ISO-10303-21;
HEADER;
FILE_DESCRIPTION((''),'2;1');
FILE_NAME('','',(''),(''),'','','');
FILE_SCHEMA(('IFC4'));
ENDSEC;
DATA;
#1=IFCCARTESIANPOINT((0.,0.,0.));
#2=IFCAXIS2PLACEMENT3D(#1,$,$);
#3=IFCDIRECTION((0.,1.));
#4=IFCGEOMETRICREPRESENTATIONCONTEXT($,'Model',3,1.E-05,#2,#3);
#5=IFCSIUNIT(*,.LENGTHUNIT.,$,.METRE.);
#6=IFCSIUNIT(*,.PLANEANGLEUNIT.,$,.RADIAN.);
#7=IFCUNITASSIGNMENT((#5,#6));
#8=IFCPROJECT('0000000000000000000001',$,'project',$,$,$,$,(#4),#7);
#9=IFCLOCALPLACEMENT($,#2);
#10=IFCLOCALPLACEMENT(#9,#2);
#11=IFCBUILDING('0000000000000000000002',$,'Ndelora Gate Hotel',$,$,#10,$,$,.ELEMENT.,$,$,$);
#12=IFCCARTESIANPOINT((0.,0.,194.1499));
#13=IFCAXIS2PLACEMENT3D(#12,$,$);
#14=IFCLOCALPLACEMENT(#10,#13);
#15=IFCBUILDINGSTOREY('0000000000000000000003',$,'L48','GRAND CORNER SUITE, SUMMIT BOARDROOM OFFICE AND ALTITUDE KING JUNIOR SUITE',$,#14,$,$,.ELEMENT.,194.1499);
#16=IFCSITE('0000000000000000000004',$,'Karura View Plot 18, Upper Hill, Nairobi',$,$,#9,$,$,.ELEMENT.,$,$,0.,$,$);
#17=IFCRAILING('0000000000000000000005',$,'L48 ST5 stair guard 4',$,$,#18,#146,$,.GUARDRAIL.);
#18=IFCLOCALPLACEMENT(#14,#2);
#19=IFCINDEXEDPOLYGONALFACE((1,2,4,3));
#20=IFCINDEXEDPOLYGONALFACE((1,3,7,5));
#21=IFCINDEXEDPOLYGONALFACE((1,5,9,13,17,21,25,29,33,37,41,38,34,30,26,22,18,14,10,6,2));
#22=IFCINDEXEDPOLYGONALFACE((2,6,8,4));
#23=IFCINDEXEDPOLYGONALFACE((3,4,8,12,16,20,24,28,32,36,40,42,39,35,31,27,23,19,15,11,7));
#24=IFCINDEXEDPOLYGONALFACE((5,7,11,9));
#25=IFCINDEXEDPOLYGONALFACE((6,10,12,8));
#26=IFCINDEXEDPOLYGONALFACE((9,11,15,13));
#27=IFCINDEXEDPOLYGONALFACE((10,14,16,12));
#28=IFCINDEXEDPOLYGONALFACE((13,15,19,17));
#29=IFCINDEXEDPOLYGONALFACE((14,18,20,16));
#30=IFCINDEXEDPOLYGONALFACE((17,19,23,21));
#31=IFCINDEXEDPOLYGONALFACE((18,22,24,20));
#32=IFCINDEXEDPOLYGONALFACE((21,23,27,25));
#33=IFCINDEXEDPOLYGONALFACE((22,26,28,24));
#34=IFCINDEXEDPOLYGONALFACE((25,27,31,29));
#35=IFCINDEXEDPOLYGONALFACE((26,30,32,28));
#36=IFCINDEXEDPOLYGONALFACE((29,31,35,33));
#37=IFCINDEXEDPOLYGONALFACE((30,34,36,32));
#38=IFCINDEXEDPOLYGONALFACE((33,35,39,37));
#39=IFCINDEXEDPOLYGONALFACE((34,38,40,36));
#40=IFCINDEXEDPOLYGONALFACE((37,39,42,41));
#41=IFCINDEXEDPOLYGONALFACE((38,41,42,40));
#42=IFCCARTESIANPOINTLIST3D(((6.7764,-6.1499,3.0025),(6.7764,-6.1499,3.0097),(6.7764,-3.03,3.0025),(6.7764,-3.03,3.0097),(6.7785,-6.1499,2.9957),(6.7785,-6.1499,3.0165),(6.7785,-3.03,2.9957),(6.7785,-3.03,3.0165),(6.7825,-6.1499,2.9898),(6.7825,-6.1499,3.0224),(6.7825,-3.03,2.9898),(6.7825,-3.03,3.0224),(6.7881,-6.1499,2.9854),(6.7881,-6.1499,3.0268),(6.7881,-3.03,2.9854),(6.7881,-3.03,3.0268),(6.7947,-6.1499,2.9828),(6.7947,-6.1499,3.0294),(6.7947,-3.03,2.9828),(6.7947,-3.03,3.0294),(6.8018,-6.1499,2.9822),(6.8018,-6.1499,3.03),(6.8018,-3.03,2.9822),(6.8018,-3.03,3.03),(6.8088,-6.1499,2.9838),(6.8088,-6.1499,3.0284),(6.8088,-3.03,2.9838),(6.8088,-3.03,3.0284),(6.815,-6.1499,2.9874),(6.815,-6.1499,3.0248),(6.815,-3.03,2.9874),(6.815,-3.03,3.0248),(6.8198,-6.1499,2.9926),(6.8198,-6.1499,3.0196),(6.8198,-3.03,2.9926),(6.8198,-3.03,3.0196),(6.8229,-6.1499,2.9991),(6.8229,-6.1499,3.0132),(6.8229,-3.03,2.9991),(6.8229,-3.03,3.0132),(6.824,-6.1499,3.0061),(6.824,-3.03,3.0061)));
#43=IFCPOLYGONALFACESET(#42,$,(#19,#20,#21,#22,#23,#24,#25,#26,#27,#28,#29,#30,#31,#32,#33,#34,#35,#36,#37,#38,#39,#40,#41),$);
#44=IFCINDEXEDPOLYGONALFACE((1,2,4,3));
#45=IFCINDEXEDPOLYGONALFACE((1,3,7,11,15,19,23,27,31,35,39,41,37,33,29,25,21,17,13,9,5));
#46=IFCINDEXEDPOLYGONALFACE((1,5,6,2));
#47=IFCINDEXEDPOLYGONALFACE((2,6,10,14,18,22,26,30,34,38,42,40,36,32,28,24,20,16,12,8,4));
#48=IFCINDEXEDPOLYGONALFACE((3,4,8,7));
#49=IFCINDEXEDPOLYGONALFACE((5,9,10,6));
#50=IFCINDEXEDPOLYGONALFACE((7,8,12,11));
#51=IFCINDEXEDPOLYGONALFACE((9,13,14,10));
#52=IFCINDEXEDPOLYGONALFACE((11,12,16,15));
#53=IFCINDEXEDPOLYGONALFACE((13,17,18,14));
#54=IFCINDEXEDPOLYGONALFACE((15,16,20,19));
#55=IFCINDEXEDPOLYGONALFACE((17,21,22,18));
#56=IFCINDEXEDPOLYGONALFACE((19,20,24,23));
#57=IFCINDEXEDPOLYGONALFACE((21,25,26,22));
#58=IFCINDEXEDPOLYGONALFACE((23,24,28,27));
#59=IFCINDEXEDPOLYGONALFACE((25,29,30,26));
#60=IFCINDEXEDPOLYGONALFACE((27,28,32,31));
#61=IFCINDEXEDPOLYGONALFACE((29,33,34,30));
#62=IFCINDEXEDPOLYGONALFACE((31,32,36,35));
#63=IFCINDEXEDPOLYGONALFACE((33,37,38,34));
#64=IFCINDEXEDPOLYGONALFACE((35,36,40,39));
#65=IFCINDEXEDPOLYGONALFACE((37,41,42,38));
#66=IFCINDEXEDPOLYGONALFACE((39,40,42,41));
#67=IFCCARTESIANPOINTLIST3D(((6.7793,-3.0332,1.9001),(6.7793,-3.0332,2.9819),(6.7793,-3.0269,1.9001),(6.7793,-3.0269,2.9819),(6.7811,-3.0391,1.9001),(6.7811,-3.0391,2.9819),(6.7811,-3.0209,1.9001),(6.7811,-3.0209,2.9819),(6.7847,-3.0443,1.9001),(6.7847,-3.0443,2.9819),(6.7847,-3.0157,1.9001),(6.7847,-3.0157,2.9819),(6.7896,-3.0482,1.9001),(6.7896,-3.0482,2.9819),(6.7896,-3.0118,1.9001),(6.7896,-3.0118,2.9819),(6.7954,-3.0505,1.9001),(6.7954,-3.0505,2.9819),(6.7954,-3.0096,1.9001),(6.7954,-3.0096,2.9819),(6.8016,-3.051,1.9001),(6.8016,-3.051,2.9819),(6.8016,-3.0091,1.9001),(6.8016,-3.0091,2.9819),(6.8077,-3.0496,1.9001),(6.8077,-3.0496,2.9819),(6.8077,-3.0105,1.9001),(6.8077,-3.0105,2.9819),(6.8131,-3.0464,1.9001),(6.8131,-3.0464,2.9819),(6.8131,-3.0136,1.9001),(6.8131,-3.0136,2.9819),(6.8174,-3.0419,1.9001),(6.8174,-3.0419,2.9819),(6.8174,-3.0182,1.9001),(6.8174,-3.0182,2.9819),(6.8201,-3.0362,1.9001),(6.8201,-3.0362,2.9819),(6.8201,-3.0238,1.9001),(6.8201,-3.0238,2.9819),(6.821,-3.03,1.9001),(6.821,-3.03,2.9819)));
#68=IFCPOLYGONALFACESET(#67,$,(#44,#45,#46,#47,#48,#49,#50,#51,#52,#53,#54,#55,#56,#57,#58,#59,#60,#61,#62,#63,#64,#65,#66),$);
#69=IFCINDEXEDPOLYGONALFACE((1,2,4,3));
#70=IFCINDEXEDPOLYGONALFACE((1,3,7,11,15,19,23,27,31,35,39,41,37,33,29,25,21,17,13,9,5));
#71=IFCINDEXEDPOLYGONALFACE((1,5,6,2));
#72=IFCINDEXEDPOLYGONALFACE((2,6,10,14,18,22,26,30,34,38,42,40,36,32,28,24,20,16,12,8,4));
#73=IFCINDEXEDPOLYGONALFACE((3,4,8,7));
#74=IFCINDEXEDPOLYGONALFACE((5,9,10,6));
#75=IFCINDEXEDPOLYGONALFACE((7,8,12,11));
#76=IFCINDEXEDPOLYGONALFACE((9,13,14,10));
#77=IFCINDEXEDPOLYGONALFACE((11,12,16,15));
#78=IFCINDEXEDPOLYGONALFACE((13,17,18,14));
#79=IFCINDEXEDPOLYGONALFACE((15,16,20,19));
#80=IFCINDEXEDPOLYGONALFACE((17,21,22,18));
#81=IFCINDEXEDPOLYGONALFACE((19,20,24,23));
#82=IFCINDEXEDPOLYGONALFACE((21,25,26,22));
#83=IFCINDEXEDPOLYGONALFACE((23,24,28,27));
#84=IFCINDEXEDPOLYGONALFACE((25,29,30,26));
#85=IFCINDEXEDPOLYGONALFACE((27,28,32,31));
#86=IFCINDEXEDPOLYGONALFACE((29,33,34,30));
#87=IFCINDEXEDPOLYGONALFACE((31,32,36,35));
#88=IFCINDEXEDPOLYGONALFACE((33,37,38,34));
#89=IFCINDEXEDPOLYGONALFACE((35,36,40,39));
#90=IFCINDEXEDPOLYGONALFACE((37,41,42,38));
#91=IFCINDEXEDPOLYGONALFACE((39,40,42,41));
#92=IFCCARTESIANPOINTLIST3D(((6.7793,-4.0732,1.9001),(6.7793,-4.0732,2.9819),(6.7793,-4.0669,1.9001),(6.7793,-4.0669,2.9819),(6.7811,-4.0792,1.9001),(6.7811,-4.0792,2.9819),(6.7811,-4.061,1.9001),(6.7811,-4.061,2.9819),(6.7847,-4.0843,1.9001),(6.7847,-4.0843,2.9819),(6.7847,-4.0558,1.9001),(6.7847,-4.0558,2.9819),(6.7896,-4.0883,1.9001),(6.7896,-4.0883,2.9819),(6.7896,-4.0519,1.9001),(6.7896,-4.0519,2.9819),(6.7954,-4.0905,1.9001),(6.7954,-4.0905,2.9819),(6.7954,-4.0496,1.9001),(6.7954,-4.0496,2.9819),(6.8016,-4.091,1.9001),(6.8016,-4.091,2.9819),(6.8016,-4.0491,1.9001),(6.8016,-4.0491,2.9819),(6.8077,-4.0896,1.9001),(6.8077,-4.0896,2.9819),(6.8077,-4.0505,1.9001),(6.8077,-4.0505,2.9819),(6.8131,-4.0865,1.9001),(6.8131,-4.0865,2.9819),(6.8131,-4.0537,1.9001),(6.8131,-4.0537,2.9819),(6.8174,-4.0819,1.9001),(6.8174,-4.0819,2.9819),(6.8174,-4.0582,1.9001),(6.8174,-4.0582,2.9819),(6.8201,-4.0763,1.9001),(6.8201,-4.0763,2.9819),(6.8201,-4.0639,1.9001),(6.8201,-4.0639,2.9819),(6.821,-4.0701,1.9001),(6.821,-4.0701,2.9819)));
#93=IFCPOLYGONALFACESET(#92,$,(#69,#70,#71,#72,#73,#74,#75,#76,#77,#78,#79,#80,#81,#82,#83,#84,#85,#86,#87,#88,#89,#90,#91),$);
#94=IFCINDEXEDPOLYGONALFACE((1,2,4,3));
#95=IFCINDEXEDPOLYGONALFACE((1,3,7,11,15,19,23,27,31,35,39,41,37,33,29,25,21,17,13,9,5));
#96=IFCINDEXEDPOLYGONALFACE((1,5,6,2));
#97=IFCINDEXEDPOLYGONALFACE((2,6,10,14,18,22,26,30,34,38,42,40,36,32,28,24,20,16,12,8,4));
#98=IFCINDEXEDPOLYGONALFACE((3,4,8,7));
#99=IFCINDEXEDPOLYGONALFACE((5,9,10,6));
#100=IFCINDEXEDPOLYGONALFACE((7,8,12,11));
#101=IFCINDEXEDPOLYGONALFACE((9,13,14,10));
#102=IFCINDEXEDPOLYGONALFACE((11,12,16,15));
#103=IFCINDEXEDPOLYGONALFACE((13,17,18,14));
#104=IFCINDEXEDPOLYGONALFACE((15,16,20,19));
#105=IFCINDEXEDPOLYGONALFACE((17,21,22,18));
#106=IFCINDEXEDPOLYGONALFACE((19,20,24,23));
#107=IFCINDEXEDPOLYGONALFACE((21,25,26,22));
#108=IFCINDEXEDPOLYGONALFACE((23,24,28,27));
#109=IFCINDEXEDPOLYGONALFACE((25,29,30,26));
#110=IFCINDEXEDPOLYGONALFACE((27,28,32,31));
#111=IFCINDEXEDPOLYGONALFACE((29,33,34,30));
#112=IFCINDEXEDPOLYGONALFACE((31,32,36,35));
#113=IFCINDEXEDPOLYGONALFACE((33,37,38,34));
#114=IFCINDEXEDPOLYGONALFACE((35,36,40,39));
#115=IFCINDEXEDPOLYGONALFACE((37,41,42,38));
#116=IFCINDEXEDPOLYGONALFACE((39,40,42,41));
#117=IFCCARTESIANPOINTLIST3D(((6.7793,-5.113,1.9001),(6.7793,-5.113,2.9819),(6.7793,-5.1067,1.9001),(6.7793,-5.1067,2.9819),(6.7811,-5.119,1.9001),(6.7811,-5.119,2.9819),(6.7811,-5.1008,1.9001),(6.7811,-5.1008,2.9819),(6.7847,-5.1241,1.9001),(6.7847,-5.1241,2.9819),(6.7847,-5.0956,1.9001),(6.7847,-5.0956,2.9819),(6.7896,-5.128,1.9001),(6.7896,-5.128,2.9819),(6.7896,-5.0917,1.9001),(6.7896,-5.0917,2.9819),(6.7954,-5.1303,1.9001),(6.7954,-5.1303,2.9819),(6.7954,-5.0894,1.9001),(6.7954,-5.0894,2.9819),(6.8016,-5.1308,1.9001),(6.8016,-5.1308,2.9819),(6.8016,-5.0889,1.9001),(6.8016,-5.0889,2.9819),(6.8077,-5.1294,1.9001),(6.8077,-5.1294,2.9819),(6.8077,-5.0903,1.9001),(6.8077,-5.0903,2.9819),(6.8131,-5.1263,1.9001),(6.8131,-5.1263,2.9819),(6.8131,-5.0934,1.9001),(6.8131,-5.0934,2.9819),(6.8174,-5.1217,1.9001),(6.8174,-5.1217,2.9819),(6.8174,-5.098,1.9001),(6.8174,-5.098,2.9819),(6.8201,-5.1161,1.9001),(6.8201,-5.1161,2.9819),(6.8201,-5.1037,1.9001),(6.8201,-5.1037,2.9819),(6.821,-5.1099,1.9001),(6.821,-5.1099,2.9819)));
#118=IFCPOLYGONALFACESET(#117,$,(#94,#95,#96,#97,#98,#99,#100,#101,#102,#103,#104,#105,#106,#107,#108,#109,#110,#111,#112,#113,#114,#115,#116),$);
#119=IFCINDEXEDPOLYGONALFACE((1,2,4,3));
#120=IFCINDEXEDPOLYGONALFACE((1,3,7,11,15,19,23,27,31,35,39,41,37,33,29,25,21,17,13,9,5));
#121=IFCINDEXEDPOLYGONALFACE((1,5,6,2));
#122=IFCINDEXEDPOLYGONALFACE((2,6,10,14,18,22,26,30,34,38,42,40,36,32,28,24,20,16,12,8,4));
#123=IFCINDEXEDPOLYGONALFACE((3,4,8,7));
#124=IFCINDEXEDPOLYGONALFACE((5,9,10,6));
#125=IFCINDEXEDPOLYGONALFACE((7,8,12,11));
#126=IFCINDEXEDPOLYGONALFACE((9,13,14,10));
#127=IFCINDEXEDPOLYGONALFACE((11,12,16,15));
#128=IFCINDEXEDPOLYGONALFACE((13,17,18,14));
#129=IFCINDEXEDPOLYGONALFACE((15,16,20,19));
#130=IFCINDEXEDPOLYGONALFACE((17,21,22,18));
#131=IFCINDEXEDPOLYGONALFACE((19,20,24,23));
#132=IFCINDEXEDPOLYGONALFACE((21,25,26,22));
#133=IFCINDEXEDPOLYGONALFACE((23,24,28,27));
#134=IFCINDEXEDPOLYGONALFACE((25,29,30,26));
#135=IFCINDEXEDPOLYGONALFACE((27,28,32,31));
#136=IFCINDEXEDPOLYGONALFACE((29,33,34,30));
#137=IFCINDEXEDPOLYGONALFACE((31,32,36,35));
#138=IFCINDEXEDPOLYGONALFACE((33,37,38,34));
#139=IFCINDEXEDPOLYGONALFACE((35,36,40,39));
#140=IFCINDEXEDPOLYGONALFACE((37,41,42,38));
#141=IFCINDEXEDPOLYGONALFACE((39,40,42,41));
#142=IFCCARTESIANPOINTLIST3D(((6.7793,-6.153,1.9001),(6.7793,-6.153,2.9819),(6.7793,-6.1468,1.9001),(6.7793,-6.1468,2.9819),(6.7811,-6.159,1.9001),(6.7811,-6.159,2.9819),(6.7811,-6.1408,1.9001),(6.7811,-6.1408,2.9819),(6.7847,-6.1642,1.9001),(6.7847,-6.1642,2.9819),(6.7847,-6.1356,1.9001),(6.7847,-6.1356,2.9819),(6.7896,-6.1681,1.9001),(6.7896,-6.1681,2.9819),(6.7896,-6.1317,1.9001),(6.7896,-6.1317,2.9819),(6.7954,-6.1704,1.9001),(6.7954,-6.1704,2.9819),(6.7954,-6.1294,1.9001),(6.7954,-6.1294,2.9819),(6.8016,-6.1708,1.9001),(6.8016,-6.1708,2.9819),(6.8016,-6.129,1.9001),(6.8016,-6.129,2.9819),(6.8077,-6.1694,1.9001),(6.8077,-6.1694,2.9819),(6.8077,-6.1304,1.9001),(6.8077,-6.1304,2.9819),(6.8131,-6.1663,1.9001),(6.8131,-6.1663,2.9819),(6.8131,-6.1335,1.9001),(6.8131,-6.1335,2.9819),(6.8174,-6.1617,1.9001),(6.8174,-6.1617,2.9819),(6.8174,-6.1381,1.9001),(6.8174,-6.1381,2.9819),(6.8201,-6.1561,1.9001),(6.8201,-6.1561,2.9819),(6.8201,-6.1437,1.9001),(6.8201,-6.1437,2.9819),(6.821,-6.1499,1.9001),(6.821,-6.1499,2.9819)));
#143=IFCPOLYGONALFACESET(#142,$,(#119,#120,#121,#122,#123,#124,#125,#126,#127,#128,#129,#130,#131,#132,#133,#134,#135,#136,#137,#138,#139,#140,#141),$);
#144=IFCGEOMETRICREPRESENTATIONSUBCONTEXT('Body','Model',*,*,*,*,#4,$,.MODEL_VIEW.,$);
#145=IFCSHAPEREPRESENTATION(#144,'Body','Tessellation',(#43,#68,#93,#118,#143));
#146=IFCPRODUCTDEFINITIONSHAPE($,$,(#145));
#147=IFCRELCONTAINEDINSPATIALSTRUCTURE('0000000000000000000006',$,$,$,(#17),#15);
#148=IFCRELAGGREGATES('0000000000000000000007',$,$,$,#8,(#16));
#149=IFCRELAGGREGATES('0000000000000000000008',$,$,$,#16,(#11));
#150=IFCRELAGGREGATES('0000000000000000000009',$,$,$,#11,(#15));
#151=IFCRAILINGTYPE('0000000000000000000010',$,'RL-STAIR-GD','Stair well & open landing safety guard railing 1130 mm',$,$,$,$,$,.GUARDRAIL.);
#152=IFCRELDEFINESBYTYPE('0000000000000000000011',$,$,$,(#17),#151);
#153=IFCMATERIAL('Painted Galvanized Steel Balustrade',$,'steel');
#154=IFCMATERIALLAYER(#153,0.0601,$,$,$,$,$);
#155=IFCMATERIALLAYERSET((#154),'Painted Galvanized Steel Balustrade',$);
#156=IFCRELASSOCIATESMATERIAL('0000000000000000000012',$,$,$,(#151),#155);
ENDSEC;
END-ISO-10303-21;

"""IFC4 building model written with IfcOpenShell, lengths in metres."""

from ifc_helpers import new_model, si_unit, direction, frame, origin, origin_2d, place, context, subcontext, project, spatial, circle, extrude, material, layer, layer_set, type_object, element, save


model = new_model("IFC4")

# Units and contexts
model_context = context("Model", 3, precision=1e-05, world=origin(), true_north=direction((0.0, 1.0)))
body_context = subcontext(model_context, "Body", "Model", "MODEL_VIEW")
ifc_project = project(units=[si_unit("LENGTHUNIT", "METRE"), si_unit("PLANEANGLEUNIT", "RADIAN")], contexts=[model_context])

# Site, building, storey
site_placement = place(None, origin())
site = spatial("IfcSite", under=ifc_project, at=site_placement, Name="Karura View Plot 18, Upper Hill, Nairobi", CompositionType="ELEMENT", RefElevation=0.0)
building_placement = place(site_placement, origin())
building = spatial("IfcBuilding", under=site, at=building_placement, Name="Ndelora Gate Hotel", CompositionType="ELEMENT")
storey_placement = place(building_placement, frame((0.0, 0.0, 194.1499)))
storey = spatial("IfcBuildingStorey", under=building, at=storey_placement, Name="L48", Description="GRAND CORNER SUITE, SUMMIT BOARDROOM OFFICE AND ALTITUDE KING JUNIOR SUITE", CompositionType="ELEMENT", Elevation=194.1499)

# Railing
ifc_material_1 = material(Name="Painted Galvanized Steel Balustrade", Category="steel")
ifc_layer_1 = layer(ifc_material_1, 0.0601)
ifc_layer_set_1 = layer_set([ifc_layer_1], Name="Painted Galvanized Steel Balustrade")
railing_type_1 = type_object("IfcRailingType", Name="RL-STAIR-GD", Description="Stair well & open landing safety guard railing 1130 mm", PredefinedType="GUARDRAIL", material=ifc_layer_set_1)
for number, where, name in (
    (1, (6.8, -3.03, 1.9001), "L48 ST5 stair guard 4"),
):
    element("IfcRailing", number, at=place(storey_placement, frame(where)), inside=storey, type_object=railing_type_1, Name=name, PredefinedType="GUARDRAIL", context=body_context, shape_type="SweptSolid", body=[
        extrude(circle(Radius=0.0239, at=origin_2d()), frame((0.0, 0.0, 1.106), z_axis=(0.0, -1.0, 0.0), x_axis=(1.0, 0.0, 0.0)), (0.0, 0.0, 1.0), 3.1199),
        extrude(circle(Radius=0.021, at=origin_2d()), origin(), (0.0, 0.0, 1.0), 1.0818),
        extrude(circle(Radius=0.021, at=origin_2d()), frame((0.0, -1.04, 0.0)), (0.0, 0.0, 1.0), 1.0818),
        extrude(circle(Radius=0.021, at=origin_2d()), frame((0.0, -2.0798, 0.0)), (0.0, 0.0, 1.0), 1.0818),
        extrude(circle(Radius=0.021, at=origin_2d()), frame((0.0, -3.1199, 0.0)), (0.0, 0.0, 1.0), 1.0818),
    ])

save(model, "model.ifc")
